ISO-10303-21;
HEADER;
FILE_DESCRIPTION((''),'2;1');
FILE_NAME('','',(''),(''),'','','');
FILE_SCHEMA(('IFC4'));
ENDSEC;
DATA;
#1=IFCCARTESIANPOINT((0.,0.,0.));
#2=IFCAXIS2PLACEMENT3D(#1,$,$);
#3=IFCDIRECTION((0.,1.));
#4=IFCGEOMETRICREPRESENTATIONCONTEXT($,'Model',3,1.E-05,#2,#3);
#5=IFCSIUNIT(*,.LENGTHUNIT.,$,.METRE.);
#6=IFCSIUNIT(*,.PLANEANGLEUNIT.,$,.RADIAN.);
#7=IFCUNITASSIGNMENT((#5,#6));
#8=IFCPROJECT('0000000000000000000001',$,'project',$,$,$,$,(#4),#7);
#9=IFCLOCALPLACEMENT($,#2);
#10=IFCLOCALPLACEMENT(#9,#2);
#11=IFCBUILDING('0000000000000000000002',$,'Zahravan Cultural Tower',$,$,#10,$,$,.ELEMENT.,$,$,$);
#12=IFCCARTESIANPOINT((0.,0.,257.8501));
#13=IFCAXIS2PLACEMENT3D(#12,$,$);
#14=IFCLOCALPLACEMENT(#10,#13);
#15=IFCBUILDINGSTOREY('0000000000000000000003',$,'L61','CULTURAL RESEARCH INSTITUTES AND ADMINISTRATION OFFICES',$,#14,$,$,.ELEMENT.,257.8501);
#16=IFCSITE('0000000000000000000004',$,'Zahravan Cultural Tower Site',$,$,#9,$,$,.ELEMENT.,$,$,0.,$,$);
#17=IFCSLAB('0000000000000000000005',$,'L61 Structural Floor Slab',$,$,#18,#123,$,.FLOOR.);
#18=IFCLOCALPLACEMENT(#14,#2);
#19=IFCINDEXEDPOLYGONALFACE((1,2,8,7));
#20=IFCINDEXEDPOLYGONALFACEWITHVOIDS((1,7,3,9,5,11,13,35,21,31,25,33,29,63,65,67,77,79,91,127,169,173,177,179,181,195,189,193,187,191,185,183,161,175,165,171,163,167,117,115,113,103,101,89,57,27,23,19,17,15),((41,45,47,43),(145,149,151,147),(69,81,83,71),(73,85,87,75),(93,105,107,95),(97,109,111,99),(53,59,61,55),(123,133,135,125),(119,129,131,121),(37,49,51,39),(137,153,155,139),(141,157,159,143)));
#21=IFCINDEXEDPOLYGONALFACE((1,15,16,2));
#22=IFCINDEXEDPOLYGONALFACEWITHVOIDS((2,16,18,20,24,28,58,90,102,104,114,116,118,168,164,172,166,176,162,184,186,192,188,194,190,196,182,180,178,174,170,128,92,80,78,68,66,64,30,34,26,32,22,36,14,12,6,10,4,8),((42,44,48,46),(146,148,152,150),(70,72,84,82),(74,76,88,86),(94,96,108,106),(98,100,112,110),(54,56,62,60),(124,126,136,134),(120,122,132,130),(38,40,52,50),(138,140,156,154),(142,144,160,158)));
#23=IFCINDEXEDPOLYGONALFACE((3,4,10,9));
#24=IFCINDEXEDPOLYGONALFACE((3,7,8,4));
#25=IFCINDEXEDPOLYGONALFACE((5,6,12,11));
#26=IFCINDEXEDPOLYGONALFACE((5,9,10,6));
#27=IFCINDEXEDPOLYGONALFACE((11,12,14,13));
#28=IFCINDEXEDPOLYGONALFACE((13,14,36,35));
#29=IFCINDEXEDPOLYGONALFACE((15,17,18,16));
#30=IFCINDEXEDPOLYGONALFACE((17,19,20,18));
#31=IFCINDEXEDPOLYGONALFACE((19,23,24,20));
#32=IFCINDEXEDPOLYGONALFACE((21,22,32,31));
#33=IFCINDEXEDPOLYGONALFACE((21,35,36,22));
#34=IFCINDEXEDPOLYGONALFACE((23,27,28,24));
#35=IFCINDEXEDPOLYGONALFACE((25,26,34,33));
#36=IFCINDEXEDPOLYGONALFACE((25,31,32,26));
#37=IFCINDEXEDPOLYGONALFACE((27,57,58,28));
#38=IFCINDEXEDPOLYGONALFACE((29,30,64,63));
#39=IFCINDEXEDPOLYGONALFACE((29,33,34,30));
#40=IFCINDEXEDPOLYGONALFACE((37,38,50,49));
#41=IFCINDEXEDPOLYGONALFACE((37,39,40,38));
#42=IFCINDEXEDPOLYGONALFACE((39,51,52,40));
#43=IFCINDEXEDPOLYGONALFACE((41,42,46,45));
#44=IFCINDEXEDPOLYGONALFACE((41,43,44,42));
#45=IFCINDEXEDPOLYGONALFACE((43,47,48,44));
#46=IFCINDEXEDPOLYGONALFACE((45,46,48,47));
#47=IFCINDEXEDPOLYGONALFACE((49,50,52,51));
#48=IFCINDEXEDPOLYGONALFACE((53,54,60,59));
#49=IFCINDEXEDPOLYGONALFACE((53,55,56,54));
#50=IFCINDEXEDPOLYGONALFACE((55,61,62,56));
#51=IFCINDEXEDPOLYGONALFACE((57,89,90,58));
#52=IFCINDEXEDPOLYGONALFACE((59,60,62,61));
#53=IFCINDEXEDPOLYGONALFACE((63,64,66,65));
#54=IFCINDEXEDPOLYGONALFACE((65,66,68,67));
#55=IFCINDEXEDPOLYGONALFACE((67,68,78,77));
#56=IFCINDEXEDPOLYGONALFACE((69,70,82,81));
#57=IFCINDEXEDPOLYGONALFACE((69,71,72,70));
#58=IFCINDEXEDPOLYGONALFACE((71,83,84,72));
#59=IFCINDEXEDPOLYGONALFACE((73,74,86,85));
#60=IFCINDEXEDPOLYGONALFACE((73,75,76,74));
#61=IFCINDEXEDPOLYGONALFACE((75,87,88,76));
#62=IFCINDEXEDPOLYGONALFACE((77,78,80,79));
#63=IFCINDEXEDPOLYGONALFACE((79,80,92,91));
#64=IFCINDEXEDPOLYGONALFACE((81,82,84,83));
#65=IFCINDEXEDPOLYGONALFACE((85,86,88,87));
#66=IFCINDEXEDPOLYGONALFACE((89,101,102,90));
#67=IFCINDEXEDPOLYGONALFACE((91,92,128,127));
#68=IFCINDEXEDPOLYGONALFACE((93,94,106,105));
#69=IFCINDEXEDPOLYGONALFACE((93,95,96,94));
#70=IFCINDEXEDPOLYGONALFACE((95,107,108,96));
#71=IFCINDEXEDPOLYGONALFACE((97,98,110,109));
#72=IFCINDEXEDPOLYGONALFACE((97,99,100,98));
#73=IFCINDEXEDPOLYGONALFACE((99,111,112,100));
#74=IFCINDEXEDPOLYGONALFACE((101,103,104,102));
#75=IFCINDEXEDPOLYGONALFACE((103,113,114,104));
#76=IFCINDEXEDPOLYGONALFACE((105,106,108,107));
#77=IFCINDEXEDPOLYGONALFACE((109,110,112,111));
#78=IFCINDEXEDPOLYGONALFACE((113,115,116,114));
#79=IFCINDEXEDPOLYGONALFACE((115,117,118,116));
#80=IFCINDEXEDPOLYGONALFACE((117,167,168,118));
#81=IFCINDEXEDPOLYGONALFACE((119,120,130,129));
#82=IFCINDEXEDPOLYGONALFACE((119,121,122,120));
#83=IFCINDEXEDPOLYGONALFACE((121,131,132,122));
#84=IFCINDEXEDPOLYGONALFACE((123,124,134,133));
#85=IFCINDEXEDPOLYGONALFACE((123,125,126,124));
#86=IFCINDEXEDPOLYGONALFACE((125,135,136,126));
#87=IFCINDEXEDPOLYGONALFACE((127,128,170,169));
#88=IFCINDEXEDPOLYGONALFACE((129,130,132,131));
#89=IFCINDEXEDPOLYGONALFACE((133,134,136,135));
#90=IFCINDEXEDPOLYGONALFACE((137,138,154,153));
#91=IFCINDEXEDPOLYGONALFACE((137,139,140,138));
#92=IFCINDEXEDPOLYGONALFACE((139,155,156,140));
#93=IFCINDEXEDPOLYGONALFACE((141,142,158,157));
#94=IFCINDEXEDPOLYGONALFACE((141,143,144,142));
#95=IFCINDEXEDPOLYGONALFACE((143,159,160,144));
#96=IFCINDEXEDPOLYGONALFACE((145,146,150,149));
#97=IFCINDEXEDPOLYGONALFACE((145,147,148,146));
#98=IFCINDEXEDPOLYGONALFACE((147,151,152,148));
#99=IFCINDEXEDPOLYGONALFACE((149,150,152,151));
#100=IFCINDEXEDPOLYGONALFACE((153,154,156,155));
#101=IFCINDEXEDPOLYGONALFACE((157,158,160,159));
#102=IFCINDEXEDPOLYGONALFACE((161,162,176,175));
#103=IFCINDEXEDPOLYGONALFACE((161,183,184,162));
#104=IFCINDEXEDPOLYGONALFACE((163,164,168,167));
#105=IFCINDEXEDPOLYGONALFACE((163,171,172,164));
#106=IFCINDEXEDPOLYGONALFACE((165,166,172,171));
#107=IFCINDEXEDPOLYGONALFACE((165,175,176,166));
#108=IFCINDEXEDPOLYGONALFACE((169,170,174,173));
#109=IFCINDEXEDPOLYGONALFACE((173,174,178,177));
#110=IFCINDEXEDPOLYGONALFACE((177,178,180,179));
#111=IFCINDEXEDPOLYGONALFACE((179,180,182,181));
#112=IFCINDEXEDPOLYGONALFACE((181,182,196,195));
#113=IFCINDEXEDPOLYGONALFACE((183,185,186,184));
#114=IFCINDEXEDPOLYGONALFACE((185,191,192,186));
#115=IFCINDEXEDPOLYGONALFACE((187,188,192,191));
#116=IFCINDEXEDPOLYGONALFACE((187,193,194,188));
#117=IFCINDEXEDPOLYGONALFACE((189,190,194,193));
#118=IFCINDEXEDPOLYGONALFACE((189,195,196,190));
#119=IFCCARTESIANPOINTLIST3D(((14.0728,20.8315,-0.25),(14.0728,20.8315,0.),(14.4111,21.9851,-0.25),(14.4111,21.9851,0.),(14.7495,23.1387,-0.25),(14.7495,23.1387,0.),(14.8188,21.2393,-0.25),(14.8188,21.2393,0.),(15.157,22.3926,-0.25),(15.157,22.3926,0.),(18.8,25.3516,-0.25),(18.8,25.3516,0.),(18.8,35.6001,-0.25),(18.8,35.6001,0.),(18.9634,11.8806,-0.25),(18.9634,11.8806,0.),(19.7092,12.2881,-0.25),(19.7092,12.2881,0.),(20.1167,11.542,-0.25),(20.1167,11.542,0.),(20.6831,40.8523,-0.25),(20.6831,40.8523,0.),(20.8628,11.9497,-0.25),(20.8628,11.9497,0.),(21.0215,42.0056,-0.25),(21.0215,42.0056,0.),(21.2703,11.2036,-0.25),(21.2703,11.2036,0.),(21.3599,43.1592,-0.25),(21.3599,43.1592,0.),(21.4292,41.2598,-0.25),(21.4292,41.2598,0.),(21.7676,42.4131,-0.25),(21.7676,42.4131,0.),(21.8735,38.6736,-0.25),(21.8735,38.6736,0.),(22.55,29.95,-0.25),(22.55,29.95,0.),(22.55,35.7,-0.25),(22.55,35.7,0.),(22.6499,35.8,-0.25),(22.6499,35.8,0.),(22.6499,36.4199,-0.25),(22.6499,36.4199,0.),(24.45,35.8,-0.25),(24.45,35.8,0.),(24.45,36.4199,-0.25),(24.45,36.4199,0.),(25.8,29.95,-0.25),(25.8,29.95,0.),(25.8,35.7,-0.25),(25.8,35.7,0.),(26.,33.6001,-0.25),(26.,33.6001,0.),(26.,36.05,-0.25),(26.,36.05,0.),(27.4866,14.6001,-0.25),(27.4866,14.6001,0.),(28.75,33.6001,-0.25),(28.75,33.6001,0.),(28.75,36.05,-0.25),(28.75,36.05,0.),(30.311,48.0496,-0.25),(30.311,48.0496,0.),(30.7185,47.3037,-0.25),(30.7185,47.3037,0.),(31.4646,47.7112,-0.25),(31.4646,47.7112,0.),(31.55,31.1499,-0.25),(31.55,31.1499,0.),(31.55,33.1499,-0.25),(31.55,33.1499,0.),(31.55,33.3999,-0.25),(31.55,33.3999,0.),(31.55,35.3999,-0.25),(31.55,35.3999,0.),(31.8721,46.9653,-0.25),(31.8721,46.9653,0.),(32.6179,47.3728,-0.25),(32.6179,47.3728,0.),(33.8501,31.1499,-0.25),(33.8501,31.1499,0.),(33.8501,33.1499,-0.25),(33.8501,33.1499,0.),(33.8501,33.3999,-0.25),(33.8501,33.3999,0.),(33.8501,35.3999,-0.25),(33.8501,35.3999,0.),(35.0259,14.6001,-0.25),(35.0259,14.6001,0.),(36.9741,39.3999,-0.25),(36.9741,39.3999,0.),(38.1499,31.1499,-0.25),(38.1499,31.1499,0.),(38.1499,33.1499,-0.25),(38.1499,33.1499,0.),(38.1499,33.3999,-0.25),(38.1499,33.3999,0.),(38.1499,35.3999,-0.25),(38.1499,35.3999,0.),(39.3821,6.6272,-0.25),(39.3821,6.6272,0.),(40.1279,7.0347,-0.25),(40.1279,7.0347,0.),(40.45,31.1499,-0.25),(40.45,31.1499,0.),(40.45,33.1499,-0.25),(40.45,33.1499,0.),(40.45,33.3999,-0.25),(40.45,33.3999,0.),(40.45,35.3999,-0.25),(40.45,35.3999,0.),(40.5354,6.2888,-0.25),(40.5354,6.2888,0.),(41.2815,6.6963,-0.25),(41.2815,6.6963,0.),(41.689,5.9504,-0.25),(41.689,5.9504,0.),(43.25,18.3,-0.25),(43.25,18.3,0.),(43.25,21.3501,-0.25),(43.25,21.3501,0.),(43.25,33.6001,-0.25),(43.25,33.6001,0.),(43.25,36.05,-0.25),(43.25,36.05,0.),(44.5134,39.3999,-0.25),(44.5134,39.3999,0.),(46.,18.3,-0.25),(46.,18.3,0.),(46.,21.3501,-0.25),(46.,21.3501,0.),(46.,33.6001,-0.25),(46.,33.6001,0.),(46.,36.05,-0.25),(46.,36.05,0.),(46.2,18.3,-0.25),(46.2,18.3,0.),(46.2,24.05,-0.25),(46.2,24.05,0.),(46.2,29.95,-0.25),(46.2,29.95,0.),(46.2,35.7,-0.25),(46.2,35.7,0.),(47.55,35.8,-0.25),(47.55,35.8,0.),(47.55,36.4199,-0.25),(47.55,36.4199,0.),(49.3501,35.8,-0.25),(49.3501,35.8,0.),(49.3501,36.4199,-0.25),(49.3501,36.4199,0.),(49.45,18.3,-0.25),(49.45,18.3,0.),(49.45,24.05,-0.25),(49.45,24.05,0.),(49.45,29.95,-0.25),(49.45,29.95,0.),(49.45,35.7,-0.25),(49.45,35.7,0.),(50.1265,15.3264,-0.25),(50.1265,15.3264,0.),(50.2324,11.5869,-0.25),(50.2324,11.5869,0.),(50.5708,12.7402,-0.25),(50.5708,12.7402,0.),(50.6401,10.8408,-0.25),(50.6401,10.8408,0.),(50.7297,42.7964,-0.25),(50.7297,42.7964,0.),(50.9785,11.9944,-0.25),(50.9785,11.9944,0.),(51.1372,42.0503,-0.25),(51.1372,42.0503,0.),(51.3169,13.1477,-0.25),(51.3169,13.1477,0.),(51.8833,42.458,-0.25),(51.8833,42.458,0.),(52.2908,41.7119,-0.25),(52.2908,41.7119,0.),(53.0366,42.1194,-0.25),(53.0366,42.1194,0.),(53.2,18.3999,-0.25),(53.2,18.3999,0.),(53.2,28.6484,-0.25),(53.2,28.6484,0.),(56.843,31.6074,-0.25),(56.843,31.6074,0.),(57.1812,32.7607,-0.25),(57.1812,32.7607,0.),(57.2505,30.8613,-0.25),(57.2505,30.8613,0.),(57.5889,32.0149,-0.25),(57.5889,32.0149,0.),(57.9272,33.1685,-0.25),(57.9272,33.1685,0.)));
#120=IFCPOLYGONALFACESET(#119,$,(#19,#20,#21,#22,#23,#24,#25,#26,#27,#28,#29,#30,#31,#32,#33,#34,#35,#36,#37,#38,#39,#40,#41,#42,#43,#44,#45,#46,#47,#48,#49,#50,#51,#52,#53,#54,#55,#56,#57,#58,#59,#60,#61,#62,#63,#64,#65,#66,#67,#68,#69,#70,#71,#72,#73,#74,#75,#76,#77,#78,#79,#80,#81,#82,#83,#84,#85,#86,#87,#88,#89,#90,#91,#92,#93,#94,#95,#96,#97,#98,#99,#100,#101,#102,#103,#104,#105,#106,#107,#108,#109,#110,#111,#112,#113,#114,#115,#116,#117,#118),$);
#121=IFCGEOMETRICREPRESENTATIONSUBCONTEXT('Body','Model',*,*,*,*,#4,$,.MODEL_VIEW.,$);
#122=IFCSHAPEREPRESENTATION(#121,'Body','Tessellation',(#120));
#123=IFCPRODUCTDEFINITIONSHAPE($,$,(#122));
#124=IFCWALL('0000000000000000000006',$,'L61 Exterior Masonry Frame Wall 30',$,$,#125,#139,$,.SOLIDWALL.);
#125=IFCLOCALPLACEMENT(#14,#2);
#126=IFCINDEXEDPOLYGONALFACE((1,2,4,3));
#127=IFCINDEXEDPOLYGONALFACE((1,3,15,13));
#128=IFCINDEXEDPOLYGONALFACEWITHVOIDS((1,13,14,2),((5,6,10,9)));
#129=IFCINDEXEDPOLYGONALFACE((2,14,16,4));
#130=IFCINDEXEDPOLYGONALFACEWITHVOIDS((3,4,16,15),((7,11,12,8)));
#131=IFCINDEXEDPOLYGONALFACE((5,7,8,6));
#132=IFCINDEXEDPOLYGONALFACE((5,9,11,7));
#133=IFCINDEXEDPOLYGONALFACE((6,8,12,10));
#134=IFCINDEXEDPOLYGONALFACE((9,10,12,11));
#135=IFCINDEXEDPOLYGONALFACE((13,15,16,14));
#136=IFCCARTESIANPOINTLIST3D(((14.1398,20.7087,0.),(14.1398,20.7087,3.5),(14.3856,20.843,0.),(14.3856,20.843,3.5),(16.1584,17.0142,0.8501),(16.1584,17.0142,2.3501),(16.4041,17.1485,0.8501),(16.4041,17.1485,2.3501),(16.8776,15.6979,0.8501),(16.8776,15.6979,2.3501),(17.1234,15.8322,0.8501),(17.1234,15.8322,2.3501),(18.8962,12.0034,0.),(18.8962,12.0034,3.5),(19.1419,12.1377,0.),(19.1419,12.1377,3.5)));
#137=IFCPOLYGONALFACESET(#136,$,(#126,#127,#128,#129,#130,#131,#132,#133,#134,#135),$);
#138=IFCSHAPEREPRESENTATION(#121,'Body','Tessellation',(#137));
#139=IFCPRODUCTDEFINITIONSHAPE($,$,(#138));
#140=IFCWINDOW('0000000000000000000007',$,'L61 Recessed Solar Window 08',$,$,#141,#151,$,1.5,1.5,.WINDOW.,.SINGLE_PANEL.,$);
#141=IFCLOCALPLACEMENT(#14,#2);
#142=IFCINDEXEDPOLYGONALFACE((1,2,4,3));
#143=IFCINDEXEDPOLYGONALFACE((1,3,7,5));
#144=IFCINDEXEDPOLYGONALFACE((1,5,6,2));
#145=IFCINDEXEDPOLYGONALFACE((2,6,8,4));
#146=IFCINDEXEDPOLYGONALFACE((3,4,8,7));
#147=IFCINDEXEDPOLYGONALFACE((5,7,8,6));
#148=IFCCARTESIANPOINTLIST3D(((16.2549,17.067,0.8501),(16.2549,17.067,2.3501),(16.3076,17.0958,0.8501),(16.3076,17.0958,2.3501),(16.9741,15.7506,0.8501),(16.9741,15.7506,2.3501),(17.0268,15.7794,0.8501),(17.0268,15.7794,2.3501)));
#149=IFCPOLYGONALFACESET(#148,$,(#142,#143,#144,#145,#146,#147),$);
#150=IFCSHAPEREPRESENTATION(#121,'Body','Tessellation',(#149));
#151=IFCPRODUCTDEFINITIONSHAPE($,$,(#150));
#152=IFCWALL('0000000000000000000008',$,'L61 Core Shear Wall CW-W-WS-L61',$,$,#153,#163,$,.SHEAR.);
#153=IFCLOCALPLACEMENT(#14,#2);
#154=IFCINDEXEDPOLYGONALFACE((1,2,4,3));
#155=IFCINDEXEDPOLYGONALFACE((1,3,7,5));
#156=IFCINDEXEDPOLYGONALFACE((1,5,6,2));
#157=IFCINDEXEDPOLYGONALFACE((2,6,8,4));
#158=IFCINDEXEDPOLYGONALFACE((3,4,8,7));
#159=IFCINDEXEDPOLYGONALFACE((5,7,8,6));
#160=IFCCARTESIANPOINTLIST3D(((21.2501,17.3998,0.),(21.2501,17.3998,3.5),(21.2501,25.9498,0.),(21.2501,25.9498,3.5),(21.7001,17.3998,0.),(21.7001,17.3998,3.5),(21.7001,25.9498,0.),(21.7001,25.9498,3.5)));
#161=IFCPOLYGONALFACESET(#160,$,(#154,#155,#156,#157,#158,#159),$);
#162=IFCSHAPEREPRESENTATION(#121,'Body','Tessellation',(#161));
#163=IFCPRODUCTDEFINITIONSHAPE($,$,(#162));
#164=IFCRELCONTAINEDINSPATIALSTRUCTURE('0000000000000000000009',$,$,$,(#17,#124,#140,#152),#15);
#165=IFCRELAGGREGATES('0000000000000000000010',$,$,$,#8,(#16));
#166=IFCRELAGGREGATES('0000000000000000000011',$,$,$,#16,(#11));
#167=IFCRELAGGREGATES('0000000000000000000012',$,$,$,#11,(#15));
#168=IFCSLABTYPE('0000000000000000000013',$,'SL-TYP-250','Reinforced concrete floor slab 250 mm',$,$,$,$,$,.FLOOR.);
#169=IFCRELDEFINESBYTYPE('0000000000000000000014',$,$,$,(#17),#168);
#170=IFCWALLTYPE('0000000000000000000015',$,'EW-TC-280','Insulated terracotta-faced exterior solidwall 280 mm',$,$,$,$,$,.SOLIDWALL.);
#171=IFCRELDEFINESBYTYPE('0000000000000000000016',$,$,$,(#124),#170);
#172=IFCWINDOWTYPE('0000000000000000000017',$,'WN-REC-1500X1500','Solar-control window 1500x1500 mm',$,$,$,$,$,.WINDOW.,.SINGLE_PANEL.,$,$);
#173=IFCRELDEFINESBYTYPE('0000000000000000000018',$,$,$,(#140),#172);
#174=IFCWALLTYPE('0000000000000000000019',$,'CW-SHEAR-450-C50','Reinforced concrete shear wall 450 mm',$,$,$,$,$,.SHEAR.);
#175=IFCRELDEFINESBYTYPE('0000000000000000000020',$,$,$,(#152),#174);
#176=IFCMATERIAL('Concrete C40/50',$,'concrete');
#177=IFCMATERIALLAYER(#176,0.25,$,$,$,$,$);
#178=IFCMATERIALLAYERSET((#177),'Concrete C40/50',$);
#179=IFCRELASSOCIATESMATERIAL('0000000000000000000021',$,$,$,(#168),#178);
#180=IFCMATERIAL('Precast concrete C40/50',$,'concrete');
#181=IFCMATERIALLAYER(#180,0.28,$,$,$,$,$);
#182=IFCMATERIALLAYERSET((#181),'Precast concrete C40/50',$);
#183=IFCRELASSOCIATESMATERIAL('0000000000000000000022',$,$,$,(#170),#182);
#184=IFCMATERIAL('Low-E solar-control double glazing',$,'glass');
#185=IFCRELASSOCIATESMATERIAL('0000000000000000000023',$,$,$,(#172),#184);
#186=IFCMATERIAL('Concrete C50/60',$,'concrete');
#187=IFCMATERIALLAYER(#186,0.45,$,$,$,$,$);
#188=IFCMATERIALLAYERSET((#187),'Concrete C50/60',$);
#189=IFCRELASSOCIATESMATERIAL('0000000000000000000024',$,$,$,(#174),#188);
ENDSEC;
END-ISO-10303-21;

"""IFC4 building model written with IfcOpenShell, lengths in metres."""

from ifc_helpers import new_model, si_unit, direction, frame, frame_2d, origin, place, context, subcontext, project, spatial, polyline, rectangle, outline, extrude, source, transform, mapped, material, layer, layer_set, type_object, element, fill, save


model = new_model("IFC4")

# Units and contexts
model_context = context("Model", 3, precision=1e-05, world=origin(), true_north=direction((0.0, 1.0)))
body_context = subcontext(model_context, "Body", "Model", "MODEL_VIEW")
ifc_project = project(units=[si_unit("LENGTHUNIT", "METRE"), si_unit("PLANEANGLEUNIT", "RADIAN")], contexts=[model_context])

# Site, building, storey
site_placement = place(None, origin())
site = spatial("IfcSite", under=ifc_project, at=site_placement, Name="Zahravan Cultural Tower Site", CompositionType="ELEMENT", RefElevation=0.0)
building_placement = place(site_placement, origin())
building = spatial("IfcBuilding", under=site, at=building_placement, Name="Zahravan Cultural Tower", CompositionType="ELEMENT")
storey_placement = place(building_placement, frame((0.0, 0.0, 257.8501)))
storey = spatial("IfcBuildingStorey", under=building, at=storey_placement, Name="L61", Description="CULTURAL RESEARCH INSTITUTES AND ADMINISTRATION OFFICES", CompositionType="ELEMENT", Elevation=257.8501)

# Shared definitions
ifc_material_1 = material(Name="Concrete C50/60", Category="concrete")

# Slab
ifc_material_2 = material(Name="Concrete C40/50", Category="concrete")
ifc_layer_1 = layer(ifc_material_2, 0.25)
ifc_layer_set_1 = layer_set([ifc_layer_1], Name="Concrete C40/50")
slab_type_1 = type_object("IfcSlabType", Name="SL-TYP-250", Description="Reinforced concrete floor slab 250 mm", PredefinedType="FLOOR", material=ifc_layer_set_1)
slab_1_placement = place(storey_placement, frame((0.0, 0.0, -0.25)))
element("IfcSlab", 1, at=slab_1_placement, inside=storey, type_object=slab_type_1, Name="L61 Structural Floor Slab", PredefinedType="FLOOR", context=body_context, shape_type="SweptSolid", body=[
    extrude(outline(polyline([(44.5134, 39.3999), (36.9741, 39.3999), (32.6179, 47.3728), (31.8721, 46.9653), (31.4646, 47.7112), (30.7185, 47.3037), (30.311, 48.0496), (21.3599, 43.1592), (21.7676, 42.4131), (21.0215, 42.0056), (21.4292, 41.2598), (20.6831, 40.8523), (21.8735, 38.6736), (18.8, 35.6001), (18.8, 25.3516), (14.7495, 23.1387), (15.157, 22.3926), (14.4111, 21.9851), (14.8188, 21.2393), (14.0728, 20.8315), (18.9634, 11.8806), (19.7092, 12.2881), (20.1167, 11.542), (20.8628, 11.9497), (21.2703, 11.2036), (27.4866, 14.6001), (35.0259, 14.6001), (39.3821, 6.6272), (40.1279, 7.0347), (40.5354, 6.2888), (41.2815, 6.6963), (41.689, 5.9504), (50.6401, 10.8408), (50.2324, 11.5869), (50.9785, 11.9944), (50.5708, 12.7402), (51.3169, 13.1477), (50.1265, 15.3264), (53.2, 18.3999), (53.2, 28.6484), (57.2505, 30.8613), (56.843, 31.6074), (57.5889, 32.0149), (57.1812, 32.7607), (57.9272, 33.1685), (53.0366, 42.1194), (52.2908, 41.7119), (51.8833, 42.458), (51.1372, 42.0503), (50.7297, 42.7964), (44.5134, 39.3999)]), holes=[polyline([(22.55, 29.95), (22.55, 35.7), (25.8, 35.7), (25.8, 29.95), (22.55, 29.95)]), polyline([(46.2, 29.95), (46.2, 35.7), (49.45, 35.7), (49.45, 29.95), (46.2, 29.95)]), polyline([(46.2, 18.3), (46.2, 24.05), (49.45, 24.05), (49.45, 18.3), (46.2, 18.3)]), polyline([(26.0, 33.6001), (26.0, 36.05), (28.75, 36.05), (28.75, 33.6001), (26.0, 33.6001)]), polyline([(43.25, 33.6001), (43.25, 36.05), (46.0, 36.05), (46.0, 33.6001), (43.25, 33.6001)]), polyline([(43.25, 18.3), (43.25, 21.3501), (46.0, 21.3501), (46.0, 18.3), (43.25, 18.3)]), polyline([(31.55, 33.3999), (31.55, 35.3999), (33.8501, 35.3999), (33.8501, 33.3999), (31.55, 33.3999)]), polyline([(31.55, 31.1499), (31.55, 33.1499), (33.8501, 33.1499), (33.8501, 31.1499), (31.55, 31.1499)]), polyline([(38.1499, 33.3999), (38.1499, 35.3999), (40.45, 35.3999), (40.45, 33.3999), (38.1499, 33.3999)]), polyline([(38.1499, 31.1499), (38.1499, 33.1499), (40.45, 33.1499), (40.45, 31.1499), (38.1499, 31.1499)]), polyline([(22.6499, 35.8), (22.6499, 36.4199), (24.45, 36.4199), (24.45, 35.8), (22.6499, 35.8)]), polyline([(47.55, 35.8), (47.55, 36.4199), (49.3501, 36.4199), (49.3501, 35.8), (47.55, 35.8)])]), origin(), (0.0, 0.0, 1.0), 0.25),
])

# Wall, opening, window
ifc_material_3 = material(Name="Precast concrete C40/50", Category="concrete")
ifc_layer_2 = layer(ifc_material_3, 0.28)
ifc_layer_set_2 = layer_set([ifc_layer_2], Name="Precast concrete C40/50")
wall_type_1 = type_object("IfcWallType", Name="EW-TC-280", Description="Insulated terracotta-faced exterior solidwall 280 mm", PredefinedType="SOLIDWALL", material=ifc_layer_set_2)
wall_1_placement = place(storey_placement, frame((19.019, 12.0706, 0.0), z_axis=(0.0, 0.0, 1.0), x_axis=(-0.479473, 0.877557, 0.0)))
wall_1 = element("IfcWall", 2, at=wall_1_placement, inside=storey, type_object=wall_type_1, Name="L61 Exterior Masonry Frame Wall 30", PredefinedType="SOLIDWALL", context=body_context, shape_type="SweptSolid", body=[
    extrude(rectangle(XDim=9.9199, YDim=0.28, at=frame_2d((4.96, 0.0))), origin(), (0.0, 0.0, 1.0), 3.5),
])
opening_placement = place(wall_1_placement, frame((4.21, 0.0, 0.8501)))
opening = element("IfcOpeningElement", 3, at=opening_placement, cuts=wall_1, PredefinedType="OPENING", context=body_context, shape_type="SweptSolid", body=[
    extrude(rectangle(XDim=1.5, YDim=1.5, at=frame_2d((0.75, 0.75))), frame((0.0, 0.1499, 0.0), z_axis=(0.0, -1.0, 0.0), x_axis=(1.0, 0.0, 0.0)), (0.0, 0.0, 1.0), 0.3),
])
ifc_material_4 = material(Name="Low-E solar-control double glazing", Category="glass")
window_type = type_object("IfcWindowType", Name="WN-REC-1500X1500", Description="Solar-control window 1500x1500 mm", PartitioningType="SINGLE_PANEL", PredefinedType="WINDOW", material=ifc_material_4)
shared_shape_1 = source(origin(), body_context, "Body", "SweptSolid", [
    extrude(rectangle(XDim=1.5, YDim=1.5, at=frame_2d((0.75, 0.75))), frame((0.0, 0.03, 0.0), z_axis=(0.0, -1.0, 0.0), x_axis=(1.0, 0.0, 0.0)), (0.0, 0.0, 1.0), 0.0601),
])
window_placement = place(opening_placement, origin())
window = element("IfcWindow", 4, at=window_placement, inside=storey, type_object=window_type, Name="L61 Recessed Solar Window 08", OverallHeight=1.5, OverallWidth=1.5, PartitioningType="SINGLE_PANEL", PredefinedType="WINDOW", context=body_context, shape_type="MappedRepresentation", body=[
    mapped(shared_shape_1, transform((0.0, 0.0, 0.0), x_axis=(1.0, 0.0, 0.0), y_axis=(0.0, 1.0, 0.0), z_axis=(0.0, 0.0, 1.0), scale=1.0)),
])
fill(opening, window)

# Wall
ifc_layer_3 = layer(ifc_material_1, 0.45)
ifc_layer_set_3 = layer_set([ifc_layer_3], Name="Concrete C50/60")
wall_type_2 = type_object("IfcWallType", Name="CW-SHEAR-450-C50", Description="Reinforced concrete shear wall 450 mm", PredefinedType="SHEAR", material=ifc_layer_set_3)
shared_shape_2 = source(origin(), body_context, "Body", "SweptSolid", [
    extrude(rectangle(XDim=8.55, YDim=0.45, at=frame_2d((4.2749, 0.0))), origin(), (0.0, 0.0, 1.0), 3.5),
])
wall_2_placement = place(storey_placement, frame((21.4751, 17.3999, 0.0), z_axis=(0.0, 0.0, 1.0), x_axis=(0.0, 1.0, 0.0)))
element("IfcWall", 5, at=wall_2_placement, inside=storey, type_object=wall_type_2, Name="L61 Core Shear Wall CW-W-WS-L61", PredefinedType="SHEAR", context=body_context, shape_type="MappedRepresentation", body=[
    mapped(shared_shape_2, transform((0.0, 0.0, 0.0), x_axis=(1.0, 0.0, 0.0), y_axis=(0.0, 1.0, 0.0), z_axis=(0.0, 0.0, 1.0), scale=1.0)),
])

save(model, "model.ifc")
